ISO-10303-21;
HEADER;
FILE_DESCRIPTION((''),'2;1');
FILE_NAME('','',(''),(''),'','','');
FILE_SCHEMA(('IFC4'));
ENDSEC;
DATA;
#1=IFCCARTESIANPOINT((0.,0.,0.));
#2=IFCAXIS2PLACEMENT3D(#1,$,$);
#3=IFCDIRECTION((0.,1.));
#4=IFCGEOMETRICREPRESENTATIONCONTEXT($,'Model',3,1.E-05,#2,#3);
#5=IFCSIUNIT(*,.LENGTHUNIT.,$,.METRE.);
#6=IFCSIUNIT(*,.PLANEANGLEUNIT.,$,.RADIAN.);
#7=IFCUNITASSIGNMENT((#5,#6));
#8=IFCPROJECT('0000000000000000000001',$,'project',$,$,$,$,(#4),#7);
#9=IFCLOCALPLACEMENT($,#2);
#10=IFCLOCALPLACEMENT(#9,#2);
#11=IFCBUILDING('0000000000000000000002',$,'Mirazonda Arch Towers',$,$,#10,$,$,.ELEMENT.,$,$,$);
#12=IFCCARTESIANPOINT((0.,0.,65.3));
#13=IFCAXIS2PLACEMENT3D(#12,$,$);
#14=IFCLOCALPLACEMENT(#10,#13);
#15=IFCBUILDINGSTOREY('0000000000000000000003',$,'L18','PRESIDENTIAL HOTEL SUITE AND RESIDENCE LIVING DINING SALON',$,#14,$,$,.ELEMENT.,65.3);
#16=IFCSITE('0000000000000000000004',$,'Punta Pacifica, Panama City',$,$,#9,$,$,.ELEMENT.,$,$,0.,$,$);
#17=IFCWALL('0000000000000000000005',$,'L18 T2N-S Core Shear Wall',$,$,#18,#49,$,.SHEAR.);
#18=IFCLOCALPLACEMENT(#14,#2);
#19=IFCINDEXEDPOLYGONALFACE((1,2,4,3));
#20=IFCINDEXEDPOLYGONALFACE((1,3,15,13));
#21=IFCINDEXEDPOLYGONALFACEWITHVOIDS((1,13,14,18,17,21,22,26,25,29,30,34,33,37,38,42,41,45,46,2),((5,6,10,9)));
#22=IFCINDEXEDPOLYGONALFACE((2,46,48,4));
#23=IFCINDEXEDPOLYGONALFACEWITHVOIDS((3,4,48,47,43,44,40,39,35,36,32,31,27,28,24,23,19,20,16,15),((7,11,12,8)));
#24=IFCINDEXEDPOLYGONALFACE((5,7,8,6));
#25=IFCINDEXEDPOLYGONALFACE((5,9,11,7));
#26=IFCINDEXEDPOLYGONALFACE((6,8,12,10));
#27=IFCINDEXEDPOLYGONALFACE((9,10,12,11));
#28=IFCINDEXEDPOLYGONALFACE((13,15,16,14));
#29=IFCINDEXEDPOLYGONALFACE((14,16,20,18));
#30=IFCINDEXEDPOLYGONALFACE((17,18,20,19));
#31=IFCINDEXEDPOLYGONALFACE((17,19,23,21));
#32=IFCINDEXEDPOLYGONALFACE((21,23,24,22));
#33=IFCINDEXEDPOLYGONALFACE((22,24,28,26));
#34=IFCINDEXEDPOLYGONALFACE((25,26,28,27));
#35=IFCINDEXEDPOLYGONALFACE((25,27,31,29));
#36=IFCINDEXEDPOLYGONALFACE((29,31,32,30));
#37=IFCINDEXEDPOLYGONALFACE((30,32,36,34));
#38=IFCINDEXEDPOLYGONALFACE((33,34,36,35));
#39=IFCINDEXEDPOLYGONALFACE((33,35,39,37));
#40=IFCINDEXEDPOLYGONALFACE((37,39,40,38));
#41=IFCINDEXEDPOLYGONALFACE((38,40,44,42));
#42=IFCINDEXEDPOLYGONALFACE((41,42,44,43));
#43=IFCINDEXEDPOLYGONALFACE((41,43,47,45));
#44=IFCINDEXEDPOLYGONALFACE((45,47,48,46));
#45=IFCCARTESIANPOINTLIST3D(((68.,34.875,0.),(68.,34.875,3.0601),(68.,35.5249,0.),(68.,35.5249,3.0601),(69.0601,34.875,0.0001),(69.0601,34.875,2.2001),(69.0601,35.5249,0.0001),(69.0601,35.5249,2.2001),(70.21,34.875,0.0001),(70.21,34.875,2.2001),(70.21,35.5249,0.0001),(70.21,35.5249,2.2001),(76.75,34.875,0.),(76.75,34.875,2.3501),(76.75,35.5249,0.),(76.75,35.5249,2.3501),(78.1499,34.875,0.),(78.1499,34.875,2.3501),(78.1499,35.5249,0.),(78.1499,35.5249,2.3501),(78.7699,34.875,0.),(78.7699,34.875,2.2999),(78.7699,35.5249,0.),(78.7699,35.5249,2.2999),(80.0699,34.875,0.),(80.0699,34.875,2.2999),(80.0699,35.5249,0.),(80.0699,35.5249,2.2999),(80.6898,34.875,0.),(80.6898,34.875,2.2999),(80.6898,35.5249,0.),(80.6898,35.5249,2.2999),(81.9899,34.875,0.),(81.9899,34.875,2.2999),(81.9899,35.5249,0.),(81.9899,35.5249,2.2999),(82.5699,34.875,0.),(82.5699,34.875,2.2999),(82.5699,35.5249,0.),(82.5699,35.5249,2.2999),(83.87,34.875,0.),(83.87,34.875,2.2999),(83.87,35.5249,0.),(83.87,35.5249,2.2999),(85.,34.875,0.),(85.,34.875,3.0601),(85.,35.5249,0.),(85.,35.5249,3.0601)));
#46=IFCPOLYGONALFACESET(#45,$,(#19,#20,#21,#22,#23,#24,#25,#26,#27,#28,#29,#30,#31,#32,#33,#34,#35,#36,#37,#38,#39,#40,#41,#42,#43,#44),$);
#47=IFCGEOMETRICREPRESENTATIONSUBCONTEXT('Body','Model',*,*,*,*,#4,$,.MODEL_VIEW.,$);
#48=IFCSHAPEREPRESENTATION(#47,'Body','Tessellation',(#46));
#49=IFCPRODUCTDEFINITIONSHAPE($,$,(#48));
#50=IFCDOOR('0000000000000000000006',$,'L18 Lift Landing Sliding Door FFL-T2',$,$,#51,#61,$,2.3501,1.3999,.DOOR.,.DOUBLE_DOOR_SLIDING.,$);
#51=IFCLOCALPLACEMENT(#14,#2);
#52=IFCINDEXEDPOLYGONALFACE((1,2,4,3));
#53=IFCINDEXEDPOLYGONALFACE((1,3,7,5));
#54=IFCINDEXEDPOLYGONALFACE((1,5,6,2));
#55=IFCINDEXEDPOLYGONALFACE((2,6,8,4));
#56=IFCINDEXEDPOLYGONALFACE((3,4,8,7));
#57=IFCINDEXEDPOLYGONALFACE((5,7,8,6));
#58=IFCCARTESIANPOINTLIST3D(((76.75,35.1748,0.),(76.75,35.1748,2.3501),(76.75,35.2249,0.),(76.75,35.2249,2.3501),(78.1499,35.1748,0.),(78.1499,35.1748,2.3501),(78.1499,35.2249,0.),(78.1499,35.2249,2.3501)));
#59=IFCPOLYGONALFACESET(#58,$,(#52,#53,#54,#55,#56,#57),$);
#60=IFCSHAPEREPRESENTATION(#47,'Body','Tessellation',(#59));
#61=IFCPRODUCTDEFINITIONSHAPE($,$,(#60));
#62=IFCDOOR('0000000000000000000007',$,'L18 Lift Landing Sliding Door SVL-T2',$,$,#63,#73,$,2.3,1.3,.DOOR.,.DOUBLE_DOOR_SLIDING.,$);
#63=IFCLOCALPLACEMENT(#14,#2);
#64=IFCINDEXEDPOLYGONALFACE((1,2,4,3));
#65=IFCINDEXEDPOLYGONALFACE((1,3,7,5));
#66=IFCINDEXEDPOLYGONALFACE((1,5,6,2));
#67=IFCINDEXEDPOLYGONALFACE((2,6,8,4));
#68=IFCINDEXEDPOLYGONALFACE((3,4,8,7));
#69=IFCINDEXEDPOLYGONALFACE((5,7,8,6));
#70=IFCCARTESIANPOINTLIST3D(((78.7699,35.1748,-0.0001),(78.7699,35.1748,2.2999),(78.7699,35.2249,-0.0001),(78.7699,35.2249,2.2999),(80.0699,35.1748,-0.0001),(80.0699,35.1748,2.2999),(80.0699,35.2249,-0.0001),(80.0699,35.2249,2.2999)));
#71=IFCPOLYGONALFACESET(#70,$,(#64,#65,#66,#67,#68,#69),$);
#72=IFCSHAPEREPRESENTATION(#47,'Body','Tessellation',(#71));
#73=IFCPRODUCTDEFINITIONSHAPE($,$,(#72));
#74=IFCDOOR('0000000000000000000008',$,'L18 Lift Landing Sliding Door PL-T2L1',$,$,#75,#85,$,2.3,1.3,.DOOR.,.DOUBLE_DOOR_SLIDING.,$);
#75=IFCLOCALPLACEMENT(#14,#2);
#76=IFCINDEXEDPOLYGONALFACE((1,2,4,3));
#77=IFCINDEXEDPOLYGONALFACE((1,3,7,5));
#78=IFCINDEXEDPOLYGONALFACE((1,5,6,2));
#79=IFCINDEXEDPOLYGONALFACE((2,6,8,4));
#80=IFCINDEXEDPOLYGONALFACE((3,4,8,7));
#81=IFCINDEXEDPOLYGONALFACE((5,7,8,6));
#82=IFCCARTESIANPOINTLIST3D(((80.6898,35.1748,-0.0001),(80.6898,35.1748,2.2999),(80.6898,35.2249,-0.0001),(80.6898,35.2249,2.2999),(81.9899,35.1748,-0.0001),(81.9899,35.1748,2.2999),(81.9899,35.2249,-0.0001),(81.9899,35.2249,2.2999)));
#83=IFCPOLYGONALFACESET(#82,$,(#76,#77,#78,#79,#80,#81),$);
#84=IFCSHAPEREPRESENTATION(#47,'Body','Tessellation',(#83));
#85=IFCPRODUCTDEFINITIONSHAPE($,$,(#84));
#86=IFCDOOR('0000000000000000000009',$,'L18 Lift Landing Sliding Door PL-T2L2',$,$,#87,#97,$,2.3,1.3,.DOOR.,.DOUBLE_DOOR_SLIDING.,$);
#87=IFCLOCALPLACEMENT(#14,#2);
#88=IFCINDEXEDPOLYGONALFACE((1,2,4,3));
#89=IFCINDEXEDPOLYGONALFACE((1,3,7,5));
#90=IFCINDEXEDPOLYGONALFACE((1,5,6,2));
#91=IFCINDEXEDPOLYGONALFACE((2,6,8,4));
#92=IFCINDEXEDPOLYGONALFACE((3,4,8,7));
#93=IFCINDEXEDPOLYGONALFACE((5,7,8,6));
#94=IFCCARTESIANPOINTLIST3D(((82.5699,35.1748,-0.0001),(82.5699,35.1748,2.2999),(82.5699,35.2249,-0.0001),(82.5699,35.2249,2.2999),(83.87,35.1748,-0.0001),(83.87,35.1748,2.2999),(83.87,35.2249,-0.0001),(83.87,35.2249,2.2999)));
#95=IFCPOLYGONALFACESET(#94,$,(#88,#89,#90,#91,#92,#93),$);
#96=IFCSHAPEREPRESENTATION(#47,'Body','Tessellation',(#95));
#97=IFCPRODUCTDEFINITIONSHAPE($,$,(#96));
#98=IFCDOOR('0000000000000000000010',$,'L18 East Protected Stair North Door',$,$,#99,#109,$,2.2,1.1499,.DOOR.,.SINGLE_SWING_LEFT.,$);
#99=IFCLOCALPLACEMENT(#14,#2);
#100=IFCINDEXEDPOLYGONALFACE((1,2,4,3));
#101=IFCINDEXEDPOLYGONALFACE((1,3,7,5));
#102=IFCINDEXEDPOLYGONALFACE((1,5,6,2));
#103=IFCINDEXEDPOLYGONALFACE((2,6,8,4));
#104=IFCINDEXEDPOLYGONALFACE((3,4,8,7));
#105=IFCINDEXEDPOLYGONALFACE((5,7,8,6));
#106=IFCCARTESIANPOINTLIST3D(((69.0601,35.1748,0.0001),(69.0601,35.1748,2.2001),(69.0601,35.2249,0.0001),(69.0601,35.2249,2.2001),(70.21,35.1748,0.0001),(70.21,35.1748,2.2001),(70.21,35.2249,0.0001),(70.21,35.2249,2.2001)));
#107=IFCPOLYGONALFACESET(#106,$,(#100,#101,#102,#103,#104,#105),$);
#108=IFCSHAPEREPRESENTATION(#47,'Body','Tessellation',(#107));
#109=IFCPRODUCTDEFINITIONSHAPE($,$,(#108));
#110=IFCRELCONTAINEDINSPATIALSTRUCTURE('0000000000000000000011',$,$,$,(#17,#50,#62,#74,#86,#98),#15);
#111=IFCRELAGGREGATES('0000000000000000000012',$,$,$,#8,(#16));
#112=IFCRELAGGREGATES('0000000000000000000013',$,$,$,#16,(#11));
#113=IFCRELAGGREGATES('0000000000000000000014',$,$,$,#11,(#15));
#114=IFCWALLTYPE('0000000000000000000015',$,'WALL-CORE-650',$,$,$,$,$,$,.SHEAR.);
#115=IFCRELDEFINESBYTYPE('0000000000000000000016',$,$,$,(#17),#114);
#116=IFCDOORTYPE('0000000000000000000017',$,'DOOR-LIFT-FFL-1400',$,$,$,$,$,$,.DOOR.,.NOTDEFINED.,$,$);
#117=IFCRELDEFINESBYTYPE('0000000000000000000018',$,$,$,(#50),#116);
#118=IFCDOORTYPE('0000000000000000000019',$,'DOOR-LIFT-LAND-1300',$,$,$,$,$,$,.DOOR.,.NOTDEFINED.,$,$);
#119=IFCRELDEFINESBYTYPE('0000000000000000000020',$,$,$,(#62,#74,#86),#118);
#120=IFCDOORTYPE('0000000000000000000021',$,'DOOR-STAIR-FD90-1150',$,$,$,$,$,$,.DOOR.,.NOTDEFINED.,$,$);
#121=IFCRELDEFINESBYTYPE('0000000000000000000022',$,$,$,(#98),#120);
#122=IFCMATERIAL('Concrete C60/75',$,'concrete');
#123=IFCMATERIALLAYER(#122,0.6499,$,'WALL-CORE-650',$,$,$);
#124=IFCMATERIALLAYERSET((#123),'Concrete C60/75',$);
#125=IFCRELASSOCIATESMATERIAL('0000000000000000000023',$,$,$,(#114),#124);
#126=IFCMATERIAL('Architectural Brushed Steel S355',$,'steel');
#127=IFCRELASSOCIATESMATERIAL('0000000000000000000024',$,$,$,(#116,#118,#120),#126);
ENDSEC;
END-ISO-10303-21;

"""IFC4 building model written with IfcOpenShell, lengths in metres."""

from ifc_helpers import new_model, si_unit, direction, frame, frame_2d, origin, place, context, subcontext, project, spatial, rectangle, extrude, material, layer, layer_set, type_object, element, fill, save


model = new_model("IFC4")

# Units and contexts
model_context = context("Model", 3, precision=1e-05, world=origin(), true_north=direction((0.0, 1.0)))
body_context = subcontext(model_context, "Body", "Model", "MODEL_VIEW")
ifc_project = project(units=[si_unit("LENGTHUNIT", "METRE"), si_unit("PLANEANGLEUNIT", "RADIAN")], contexts=[model_context])

# Site, building, storey
site_placement = place(None, origin())
site = spatial("IfcSite", under=ifc_project, at=site_placement, Name="Punta Pacifica, Panama City", CompositionType="ELEMENT", RefElevation=0.0)
building_placement = place(site_placement, origin())
building = spatial("IfcBuilding", under=site, at=building_placement, Name="Mirazonda Arch Towers", CompositionType="ELEMENT")
storey_placement = place(building_placement, frame((0.0, 0.0, 65.3)))
storey = spatial("IfcBuildingStorey", under=building, at=storey_placement, Name="L18", Description="PRESIDENTIAL HOTEL SUITE AND RESIDENCE LIVING DINING SALON", CompositionType="ELEMENT", Elevation=65.3)

# Shared definitions
ifc_material_1 = material(Name="Concrete C60/75", Category="concrete")

# Shared definitions
ifc_layer_1 = layer(ifc_material_1, 0.6499, Name="WALL-CORE-650")
ifc_layer_set_1 = layer_set([ifc_layer_1], Name="Concrete C60/75")
wall_type_1 = type_object("IfcWallType", Name="WALL-CORE-650", PredefinedType="SHEAR", material=ifc_layer_set_1)

# Wall, openings, doors
wall_1_placement = place(storey_placement, frame((68.0, 35.2, 0.0), z_axis=(0.0, 0.0, 1.0), x_axis=(1.0, 0.0, 0.0)))
wall_1 = element("IfcWall", 1, at=wall_1_placement, inside=storey, type_object=wall_type_1, Name="L18 T2N-S Core Shear Wall", PredefinedType="SHEAR", context=body_context, shape_type="SweptSolid", body=[
    extrude(rectangle(XDim=17.0, YDim=0.6499, at=frame_2d((8.5, 0.0))), origin(), (0.0, 0.0, 1.0), 3.0601),
])
opening_1_placement = place(wall_1_placement, frame((1.0601, 0.0, 0.0)))
opening_1 = element("IfcOpeningElement", 2, at=opening_1_placement, cuts=wall_1, PredefinedType="OPENING", context=body_context, shape_type="SweptSolid", body=[
    extrude(rectangle(XDim=1.1499, YDim=2.2, at=frame_2d((0.575, 1.1001))), frame((0.0, 0.335, 0.0), z_axis=(0.0, -1.0, 0.0), x_axis=(1.0, 0.0, 0.0)), (0.0, 0.0, 1.0), 0.6699),
])
opening_2_placement = place(wall_1_placement, frame((8.75, 0.0, 0.0)))
opening_2 = element("IfcOpeningElement", 3, at=opening_2_placement, cuts=wall_1, PredefinedType="OPENING", context=body_context, shape_type="SweptSolid", body=[
    extrude(rectangle(XDim=1.3999, YDim=2.3501, at=frame_2d((0.7, 1.175))), frame((0.0, 0.335, 0.0), z_axis=(0.0, -1.0, 0.0), x_axis=(1.0, 0.0, 0.0)), (0.0, 0.0, 1.0), 0.6699),
])
opening_3_placement = place(wall_1_placement, frame((10.77, 0.0, 0.0)))
opening_3 = element("IfcOpeningElement", 4, at=opening_3_placement, cuts=wall_1, PredefinedType="OPENING", context=body_context, shape_type="SweptSolid", body=[
    extrude(rectangle(XDim=1.3, YDim=2.3, at=frame_2d((0.6499, 1.1499))), frame((0.0, 0.335, 0.0), z_axis=(0.0, -1.0, 0.0), x_axis=(1.0, 0.0, 0.0)), (0.0, 0.0, 1.0), 0.6699),
])
opening_4_placement = place(wall_1_placement, frame((12.6899, 0.0, 0.0)))
opening_4 = element("IfcOpeningElement", 5, at=opening_4_placement, cuts=wall_1, PredefinedType="OPENING", context=body_context, shape_type="SweptSolid", body=[
    extrude(rectangle(XDim=1.3, YDim=2.3, at=frame_2d((0.6499, 1.1499))), frame((0.0, 0.335, 0.0), z_axis=(0.0, -1.0, 0.0), x_axis=(1.0, 0.0, 0.0)), (0.0, 0.0, 1.0), 0.6699),
])
opening_5_placement = place(wall_1_placement, frame((14.5701, 0.0, 0.0)))
opening_5 = element("IfcOpeningElement", 6, at=opening_5_placement, cuts=wall_1, PredefinedType="OPENING", context=body_context, shape_type="SweptSolid", body=[
    extrude(rectangle(XDim=1.3, YDim=2.3, at=frame_2d((0.6499, 1.1499))), frame((0.0, 0.335, 0.0), z_axis=(0.0, -1.0, 0.0), x_axis=(1.0, 0.0, 0.0)), (0.0, 0.0, 1.0), 0.6699),
])
ifc_material_2 = material(Name="Architectural Brushed Steel S355", Category="steel")
door_type_1 = type_object("IfcDoorType", Name="DOOR-LIFT-FFL-1400", OperationType="NOTDEFINED", PredefinedType="DOOR", material=ifc_material_2)
door_1_placement = place(opening_2_placement, origin())
door_1 = element("IfcDoor", 7, at=door_1_placement, inside=storey, type_object=door_type_1, Name="L18 Lift Landing Sliding Door FFL-T2", OperationType="DOUBLE_DOOR_SLIDING", OverallHeight=2.3501, OverallWidth=1.3999, PredefinedType="DOOR", context=body_context, shape_type="SweptSolid", body=[
    extrude(rectangle(XDim=1.3999, YDim=2.3501, at=frame_2d((0.7, 1.175))), frame((0.0, 0.0249, 0.0), z_axis=(0.0, -1.0, 0.0), x_axis=(1.0, 0.0, 0.0)), (0.0, 0.0, 1.0), 0.05),
])
fill(opening_2, door_1)
door_type_2 = type_object("IfcDoorType", Name="DOOR-LIFT-LAND-1300", OperationType="NOTDEFINED", PredefinedType="DOOR", material=ifc_material_2)
door_2_placement = place(opening_3_placement, origin())
door_2 = element("IfcDoor", 8, at=door_2_placement, inside=storey, type_object=door_type_2, Name="L18 Lift Landing Sliding Door SVL-T2", OperationType="DOUBLE_DOOR_SLIDING", OverallHeight=2.3, OverallWidth=1.3, PredefinedType="DOOR", context=body_context, shape_type="SweptSolid", body=[
    extrude(rectangle(XDim=1.3, YDim=2.3, at=frame_2d((0.6499, 1.1499))), frame((0.0, 0.0249, 0.0), z_axis=(0.0, -1.0, 0.0), x_axis=(1.0, 0.0, 0.0)), (0.0, 0.0, 1.0), 0.05),
])
fill(opening_3, door_2)
door_3_placement = place(opening_4_placement, origin())
door_3 = element("IfcDoor", 9, at=door_3_placement, inside=storey, type_object=door_type_2, Name="L18 Lift Landing Sliding Door PL-T2L1", OperationType="DOUBLE_DOOR_SLIDING", OverallHeight=2.3, OverallWidth=1.3, PredefinedType="DOOR", context=body_context, shape_type="SweptSolid", body=[
    extrude(rectangle(XDim=1.3, YDim=2.3, at=frame_2d((0.6499, 1.1499))), frame((0.0, 0.0249, 0.0), z_axis=(0.0, -1.0, 0.0), x_axis=(1.0, 0.0, 0.0)), (0.0, 0.0, 1.0), 0.05),
])
fill(opening_4, door_3)
door_4_placement = place(opening_5_placement, origin())
door_4 = element("IfcDoor", 10, at=door_4_placement, inside=storey, type_object=door_type_2, Name="L18 Lift Landing Sliding Door PL-T2L2", OperationType="DOUBLE_DOOR_SLIDING", OverallHeight=2.3, OverallWidth=1.3, PredefinedType="DOOR", context=body_context, shape_type="SweptSolid", body=[
    extrude(rectangle(XDim=1.3, YDim=2.3, at=frame_2d((0.6499, 1.1499))), frame((0.0, 0.0249, 0.0), z_axis=(0.0, -1.0, 0.0), x_axis=(1.0, 0.0, 0.0)), (0.0, 0.0, 1.0), 0.05),
])
fill(opening_5, door_4)
door_type_3 = type_object("IfcDoorType", Name="DOOR-STAIR-FD90-1150", OperationType="NOTDEFINED", PredefinedType="DOOR", material=ifc_material_2)
door_5_placement = place(opening_1_placement, origin())
door_5 = element("IfcDoor", 11, at=door_5_placement, inside=storey, type_object=door_type_3, Name="L18 East Protected Stair North Door", OperationType="SINGLE_SWING_LEFT", OverallHeight=2.2, OverallWidth=1.1499, PredefinedType="DOOR", context=body_context, shape_type="SweptSolid", body=[
    extrude(rectangle(XDim=1.1499, YDim=2.2, at=frame_2d((0.575, 1.1001))), frame((0.0, 0.0249, 0.0), z_axis=(0.0, -1.0, 0.0), x_axis=(1.0, 0.0, 0.0)), (0.0, 0.0, 1.0), 0.05),
])
fill(opening_1, door_5)

save(model, "model.ifc")
